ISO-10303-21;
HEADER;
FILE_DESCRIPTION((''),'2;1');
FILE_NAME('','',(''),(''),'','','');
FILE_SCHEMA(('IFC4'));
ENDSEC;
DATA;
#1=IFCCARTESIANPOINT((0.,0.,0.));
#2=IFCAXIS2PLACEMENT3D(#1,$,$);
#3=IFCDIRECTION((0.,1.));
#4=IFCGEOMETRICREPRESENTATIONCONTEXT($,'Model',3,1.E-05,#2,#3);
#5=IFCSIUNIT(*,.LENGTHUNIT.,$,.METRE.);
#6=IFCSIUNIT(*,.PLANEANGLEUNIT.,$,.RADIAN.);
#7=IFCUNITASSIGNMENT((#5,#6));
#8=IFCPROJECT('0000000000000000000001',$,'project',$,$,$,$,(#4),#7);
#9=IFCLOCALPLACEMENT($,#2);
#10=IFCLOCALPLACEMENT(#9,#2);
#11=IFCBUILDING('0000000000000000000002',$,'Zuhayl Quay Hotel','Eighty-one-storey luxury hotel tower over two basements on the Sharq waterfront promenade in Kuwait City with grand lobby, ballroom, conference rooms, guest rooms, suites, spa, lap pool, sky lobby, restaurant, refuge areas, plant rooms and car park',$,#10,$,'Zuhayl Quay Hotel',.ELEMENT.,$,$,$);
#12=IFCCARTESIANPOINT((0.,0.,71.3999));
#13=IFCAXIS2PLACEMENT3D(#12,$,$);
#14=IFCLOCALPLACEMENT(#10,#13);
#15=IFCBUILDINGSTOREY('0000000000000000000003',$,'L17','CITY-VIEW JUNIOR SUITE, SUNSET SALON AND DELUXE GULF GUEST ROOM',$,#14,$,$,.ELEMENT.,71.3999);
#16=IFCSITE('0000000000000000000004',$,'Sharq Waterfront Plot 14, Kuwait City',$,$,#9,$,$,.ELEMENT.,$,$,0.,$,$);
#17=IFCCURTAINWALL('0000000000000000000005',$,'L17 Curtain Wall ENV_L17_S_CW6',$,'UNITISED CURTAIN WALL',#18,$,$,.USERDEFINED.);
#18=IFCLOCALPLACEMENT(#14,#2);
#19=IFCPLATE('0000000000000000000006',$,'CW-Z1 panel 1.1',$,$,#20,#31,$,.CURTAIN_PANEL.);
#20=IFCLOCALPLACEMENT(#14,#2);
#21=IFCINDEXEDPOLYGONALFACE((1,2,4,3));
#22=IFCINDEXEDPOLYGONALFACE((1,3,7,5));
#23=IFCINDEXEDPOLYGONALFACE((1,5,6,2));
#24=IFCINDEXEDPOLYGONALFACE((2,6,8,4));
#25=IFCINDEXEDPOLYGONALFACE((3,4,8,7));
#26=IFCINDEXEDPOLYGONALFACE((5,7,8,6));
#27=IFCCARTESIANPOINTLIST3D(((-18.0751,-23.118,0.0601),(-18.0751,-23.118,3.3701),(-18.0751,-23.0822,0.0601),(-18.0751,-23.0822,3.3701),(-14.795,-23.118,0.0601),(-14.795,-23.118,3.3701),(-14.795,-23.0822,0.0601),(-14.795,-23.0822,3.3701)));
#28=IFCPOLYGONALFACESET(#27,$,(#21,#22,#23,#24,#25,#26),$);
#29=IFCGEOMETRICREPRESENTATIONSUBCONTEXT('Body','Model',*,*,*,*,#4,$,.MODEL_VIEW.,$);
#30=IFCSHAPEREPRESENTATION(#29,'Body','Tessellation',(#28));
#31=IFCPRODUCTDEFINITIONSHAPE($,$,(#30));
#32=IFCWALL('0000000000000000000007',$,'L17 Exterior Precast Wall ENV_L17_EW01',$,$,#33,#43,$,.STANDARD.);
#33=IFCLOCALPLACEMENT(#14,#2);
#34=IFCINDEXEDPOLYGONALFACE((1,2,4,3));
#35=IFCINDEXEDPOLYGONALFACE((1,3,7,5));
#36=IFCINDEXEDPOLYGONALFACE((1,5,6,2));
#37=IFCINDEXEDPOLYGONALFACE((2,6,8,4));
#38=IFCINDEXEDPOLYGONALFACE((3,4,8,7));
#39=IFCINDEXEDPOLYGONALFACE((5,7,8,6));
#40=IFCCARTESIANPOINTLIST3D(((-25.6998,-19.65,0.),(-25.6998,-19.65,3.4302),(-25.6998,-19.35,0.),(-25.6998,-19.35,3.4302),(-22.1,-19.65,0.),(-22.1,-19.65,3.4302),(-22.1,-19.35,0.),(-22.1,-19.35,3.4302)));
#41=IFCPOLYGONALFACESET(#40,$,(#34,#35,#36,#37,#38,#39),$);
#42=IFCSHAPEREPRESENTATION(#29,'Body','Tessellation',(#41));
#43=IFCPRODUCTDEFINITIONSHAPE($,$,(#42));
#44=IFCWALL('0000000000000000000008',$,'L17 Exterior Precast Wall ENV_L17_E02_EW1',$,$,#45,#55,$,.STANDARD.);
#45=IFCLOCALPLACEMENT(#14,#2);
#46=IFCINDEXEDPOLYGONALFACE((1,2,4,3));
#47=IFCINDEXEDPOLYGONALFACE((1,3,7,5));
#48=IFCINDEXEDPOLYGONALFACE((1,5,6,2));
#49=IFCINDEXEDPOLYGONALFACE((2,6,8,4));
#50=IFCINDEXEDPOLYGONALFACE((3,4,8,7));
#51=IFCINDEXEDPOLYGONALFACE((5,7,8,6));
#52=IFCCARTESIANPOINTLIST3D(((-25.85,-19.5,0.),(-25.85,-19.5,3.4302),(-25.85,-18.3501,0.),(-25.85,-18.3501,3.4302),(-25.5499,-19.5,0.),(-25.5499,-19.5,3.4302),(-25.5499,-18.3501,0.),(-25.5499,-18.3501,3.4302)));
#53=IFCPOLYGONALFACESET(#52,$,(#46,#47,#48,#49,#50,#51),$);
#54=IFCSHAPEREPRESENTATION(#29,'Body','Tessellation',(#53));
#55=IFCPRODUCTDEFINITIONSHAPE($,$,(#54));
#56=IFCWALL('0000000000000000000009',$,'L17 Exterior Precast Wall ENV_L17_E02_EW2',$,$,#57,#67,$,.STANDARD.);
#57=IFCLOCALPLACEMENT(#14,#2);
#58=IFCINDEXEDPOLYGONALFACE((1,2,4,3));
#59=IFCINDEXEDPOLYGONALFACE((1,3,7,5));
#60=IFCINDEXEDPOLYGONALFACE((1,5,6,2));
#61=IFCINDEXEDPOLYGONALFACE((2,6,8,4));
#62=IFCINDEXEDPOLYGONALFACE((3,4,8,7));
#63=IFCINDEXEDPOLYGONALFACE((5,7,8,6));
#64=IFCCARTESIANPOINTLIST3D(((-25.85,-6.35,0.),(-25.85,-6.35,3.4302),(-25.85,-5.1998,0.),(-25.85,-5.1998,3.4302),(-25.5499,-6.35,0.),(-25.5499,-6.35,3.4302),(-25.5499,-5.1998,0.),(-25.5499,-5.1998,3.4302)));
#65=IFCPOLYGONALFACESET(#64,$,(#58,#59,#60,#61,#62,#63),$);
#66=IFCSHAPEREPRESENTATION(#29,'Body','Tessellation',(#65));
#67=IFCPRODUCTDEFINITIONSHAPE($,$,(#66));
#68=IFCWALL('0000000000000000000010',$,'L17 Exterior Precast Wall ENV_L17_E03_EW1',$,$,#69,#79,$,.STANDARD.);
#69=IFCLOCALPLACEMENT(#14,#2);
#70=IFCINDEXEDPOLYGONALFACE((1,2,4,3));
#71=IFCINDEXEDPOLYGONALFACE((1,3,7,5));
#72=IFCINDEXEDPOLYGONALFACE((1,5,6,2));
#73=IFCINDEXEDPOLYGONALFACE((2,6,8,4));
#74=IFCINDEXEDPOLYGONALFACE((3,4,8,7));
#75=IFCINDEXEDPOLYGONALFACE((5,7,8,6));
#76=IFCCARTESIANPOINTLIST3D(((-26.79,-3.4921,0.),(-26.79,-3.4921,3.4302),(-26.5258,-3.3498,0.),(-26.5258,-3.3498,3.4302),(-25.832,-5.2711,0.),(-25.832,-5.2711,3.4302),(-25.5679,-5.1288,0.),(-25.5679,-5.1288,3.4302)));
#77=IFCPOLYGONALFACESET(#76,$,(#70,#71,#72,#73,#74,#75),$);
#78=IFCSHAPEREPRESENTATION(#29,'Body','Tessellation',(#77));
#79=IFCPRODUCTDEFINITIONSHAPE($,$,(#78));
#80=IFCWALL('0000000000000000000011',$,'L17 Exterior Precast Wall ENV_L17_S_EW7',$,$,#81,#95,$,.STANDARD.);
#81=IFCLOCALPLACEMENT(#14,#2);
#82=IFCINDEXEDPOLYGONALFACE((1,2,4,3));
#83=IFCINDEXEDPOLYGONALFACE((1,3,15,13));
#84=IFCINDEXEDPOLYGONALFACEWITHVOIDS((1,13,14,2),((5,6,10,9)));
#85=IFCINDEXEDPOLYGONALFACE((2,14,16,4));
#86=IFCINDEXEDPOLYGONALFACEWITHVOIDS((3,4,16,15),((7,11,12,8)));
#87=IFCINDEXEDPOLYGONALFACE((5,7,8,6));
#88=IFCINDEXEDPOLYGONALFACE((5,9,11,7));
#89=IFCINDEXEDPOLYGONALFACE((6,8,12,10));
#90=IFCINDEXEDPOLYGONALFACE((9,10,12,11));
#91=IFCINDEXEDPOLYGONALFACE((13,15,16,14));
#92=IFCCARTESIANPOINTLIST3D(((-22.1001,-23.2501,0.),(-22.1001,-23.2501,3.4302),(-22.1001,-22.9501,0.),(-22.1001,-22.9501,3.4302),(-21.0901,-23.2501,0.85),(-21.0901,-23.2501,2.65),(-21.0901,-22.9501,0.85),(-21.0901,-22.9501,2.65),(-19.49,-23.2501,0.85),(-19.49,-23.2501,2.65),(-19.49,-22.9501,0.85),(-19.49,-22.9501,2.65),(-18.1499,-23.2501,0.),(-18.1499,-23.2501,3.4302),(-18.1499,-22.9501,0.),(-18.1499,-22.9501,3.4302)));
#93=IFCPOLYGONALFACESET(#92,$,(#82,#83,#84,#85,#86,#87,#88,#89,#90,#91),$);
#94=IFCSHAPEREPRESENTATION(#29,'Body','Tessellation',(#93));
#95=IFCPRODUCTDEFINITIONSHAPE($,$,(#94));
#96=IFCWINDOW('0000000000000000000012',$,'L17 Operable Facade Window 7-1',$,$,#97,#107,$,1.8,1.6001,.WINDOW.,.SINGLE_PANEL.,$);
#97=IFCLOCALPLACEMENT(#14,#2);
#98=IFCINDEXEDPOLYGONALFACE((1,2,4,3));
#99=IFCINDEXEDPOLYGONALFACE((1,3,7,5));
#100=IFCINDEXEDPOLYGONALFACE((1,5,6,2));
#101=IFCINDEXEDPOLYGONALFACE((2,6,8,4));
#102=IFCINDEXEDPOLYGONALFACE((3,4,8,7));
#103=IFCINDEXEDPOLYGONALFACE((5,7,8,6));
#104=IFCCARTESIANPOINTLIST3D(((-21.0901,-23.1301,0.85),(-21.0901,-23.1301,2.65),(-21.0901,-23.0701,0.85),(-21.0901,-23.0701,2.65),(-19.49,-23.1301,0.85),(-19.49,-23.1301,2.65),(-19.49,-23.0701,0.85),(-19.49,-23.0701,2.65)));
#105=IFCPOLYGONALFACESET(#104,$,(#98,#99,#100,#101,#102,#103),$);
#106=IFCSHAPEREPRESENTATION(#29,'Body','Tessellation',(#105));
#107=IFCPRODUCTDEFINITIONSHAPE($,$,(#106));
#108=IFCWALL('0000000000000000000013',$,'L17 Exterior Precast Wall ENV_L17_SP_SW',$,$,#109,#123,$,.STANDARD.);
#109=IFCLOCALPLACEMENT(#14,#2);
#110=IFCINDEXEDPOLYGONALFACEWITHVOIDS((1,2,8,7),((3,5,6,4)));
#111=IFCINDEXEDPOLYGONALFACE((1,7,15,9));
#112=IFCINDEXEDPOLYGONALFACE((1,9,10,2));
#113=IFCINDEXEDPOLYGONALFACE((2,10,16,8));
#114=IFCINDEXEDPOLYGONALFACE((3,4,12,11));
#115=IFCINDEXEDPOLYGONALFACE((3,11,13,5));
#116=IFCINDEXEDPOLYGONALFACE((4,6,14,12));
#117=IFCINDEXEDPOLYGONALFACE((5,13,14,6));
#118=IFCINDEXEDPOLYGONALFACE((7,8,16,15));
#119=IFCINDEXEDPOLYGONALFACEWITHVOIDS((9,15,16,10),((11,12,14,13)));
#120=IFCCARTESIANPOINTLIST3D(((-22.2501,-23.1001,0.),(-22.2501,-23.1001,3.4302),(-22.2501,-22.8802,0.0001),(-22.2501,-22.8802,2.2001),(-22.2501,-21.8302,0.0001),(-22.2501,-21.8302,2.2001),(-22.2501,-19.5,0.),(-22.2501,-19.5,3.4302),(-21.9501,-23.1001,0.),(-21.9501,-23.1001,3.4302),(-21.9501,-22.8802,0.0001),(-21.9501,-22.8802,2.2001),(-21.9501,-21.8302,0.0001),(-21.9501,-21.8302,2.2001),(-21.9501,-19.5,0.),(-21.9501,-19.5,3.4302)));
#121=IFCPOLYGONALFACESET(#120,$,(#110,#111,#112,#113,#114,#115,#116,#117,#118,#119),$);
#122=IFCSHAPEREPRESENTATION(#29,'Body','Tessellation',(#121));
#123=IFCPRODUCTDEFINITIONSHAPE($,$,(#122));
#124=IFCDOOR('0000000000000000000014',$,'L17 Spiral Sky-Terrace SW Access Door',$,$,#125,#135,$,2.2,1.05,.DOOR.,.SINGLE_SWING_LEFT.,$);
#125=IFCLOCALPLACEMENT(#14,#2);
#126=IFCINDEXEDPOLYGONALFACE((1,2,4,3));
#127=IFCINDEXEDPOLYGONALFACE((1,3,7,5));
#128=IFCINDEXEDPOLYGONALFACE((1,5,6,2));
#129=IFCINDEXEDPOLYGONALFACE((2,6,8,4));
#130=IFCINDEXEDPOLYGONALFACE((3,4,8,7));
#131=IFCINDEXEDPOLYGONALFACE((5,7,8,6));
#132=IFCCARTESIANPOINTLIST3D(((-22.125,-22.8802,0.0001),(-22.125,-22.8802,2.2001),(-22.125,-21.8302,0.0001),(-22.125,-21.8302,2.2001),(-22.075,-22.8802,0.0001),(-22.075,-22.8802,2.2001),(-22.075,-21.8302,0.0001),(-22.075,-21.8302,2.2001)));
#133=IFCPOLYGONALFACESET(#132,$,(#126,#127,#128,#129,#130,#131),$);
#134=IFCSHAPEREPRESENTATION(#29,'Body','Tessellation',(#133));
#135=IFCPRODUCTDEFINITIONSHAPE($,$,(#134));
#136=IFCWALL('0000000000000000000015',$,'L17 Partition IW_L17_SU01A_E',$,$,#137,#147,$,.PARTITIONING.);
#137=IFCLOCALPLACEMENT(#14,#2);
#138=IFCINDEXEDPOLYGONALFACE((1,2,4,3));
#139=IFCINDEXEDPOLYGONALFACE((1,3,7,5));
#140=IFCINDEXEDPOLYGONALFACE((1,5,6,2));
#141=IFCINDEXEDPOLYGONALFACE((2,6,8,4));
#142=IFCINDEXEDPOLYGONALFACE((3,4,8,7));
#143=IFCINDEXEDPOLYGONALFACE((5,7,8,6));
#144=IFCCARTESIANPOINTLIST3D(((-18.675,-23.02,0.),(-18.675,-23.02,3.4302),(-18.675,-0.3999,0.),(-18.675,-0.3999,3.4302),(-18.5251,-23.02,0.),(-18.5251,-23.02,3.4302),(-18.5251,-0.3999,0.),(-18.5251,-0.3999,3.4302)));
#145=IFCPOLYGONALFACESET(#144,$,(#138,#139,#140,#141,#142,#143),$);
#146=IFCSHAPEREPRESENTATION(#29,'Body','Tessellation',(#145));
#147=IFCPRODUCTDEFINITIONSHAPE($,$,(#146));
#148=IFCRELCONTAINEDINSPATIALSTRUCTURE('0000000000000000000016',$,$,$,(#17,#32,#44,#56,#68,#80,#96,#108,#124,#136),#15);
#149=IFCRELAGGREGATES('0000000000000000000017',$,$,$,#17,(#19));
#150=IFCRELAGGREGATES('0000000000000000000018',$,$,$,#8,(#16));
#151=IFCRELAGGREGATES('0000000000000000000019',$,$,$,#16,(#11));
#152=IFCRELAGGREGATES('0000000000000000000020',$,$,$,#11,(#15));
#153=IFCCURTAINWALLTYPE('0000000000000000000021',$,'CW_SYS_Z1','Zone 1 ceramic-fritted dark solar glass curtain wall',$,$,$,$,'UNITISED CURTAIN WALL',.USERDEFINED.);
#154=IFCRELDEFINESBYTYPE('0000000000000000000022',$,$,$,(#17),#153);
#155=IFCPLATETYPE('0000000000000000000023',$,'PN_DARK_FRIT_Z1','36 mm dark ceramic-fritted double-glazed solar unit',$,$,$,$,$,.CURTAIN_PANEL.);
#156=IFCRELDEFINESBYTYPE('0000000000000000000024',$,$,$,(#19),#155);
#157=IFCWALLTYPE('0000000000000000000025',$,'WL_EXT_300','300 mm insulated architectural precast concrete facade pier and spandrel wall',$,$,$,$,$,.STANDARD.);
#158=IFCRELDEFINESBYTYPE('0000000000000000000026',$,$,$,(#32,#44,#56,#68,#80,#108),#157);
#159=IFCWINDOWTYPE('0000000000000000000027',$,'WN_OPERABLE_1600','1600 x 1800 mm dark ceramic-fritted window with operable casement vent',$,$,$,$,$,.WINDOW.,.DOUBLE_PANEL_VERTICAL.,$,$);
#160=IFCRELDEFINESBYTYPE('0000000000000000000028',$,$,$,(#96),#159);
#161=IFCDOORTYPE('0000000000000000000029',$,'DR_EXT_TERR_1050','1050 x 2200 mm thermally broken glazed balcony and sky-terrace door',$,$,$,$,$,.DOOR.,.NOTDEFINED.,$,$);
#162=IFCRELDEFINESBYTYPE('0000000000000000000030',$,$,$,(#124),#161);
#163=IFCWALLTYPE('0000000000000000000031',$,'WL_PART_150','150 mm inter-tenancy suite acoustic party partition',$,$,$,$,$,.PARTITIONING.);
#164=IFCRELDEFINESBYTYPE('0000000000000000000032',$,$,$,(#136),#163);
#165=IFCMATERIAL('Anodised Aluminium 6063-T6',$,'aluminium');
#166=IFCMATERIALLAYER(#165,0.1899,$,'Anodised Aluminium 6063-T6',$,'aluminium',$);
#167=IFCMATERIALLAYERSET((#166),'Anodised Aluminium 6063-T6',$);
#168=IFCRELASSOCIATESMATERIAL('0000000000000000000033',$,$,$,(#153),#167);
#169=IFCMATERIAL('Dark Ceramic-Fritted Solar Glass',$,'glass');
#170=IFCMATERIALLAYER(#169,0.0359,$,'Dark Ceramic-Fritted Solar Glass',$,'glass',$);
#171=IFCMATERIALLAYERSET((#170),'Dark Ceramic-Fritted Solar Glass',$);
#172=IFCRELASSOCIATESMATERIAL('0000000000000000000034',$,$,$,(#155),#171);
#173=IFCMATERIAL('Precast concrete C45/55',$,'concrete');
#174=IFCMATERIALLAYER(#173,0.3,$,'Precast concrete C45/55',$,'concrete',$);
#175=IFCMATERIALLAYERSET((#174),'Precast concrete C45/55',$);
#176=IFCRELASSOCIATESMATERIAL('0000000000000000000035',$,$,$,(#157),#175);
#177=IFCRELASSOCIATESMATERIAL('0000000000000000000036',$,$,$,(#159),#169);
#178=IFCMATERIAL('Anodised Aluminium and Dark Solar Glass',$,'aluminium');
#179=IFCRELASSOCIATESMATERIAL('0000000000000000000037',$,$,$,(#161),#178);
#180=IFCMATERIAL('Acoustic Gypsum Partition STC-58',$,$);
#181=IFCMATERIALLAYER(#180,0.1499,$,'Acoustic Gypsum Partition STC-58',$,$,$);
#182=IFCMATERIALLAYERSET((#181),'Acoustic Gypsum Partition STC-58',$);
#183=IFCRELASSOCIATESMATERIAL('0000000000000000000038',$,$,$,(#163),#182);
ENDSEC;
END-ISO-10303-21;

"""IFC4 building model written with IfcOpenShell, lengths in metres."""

from ifc_helpers import new_model, si_unit, direction, frame, frame_2d, origin, origin_2d, place, context, subcontext, project, spatial, rectangle, extrude, material, layer, layer_set, type_object, element, fill, aggregate, save


model = new_model("IFC4")

# Units and contexts
model_context = context("Model", 3, precision=1e-05, world=origin(), true_north=direction((0.0, 1.0)))
body_context = subcontext(model_context, "Body", "Model", "MODEL_VIEW")
ifc_project = project(units=[si_unit("LENGTHUNIT", "METRE"), si_unit("PLANEANGLEUNIT", "RADIAN")], contexts=[model_context])

# Site, building, storey
site_placement = place(None, origin())
site = spatial("IfcSite", under=ifc_project, at=site_placement, Name="Sharq Waterfront Plot 14, Kuwait City", CompositionType="ELEMENT", RefElevation=0.0)
building_placement = place(site_placement, origin())
building = spatial("IfcBuilding", under=site, at=building_placement, Name="Zuhayl Quay Hotel", Description="Eighty-one-storey luxury hotel tower over two basements on the Sharq waterfront promenade in Kuwait City with grand lobby, ballroom, conference rooms, guest rooms, suites, spa, lap pool, sky lobby, restaurant, refuge areas, plant rooms and car park", LongName="Zuhayl Quay Hotel", CompositionType="ELEMENT")
storey_placement = place(building_placement, frame((0.0, 0.0, 71.3999)))
storey = spatial("IfcBuildingStorey", under=building, at=storey_placement, Name="L17", Description="CITY-VIEW JUNIOR SUITE, SUNSET SALON AND DELUXE GULF GUEST ROOM", CompositionType="ELEMENT", Elevation=71.3999)

# Shared definitions
ifc_material_1 = material(Name="Anodised Aluminium 6063-T6", Category="aluminium")
ifc_layer_1 = layer(ifc_material_1, 0.1899, Name="Anodised Aluminium 6063-T6", Category="aluminium")
ifc_layer_set_1 = layer_set([ifc_layer_1], Name="Anodised Aluminium 6063-T6")
curtain_wall_type = type_object("IfcCurtainWallType", Name="CW_SYS_Z1", Description="Zone 1 ceramic-fritted dark solar glass curtain wall", ElementType="UNITISED CURTAIN WALL", PredefinedType="USERDEFINED", material=ifc_layer_set_1)

# Curtain wall
curtain_wall_1_placement = place(storey_placement, origin())
curtain_wall_1 = element("IfcCurtainWall", 1, at=curtain_wall_1_placement, inside=storey, type_object=curtain_wall_type, Name="L17 Curtain Wall ENV_L17_S_CW6", ObjectType="UNITISED CURTAIN WALL", PredefinedType="USERDEFINED")

# Plate
ifc_material_2 = material(Name="Dark Ceramic-Fritted Solar Glass", Category="glass")
ifc_layer_2 = layer(ifc_material_2, 0.0359, Name="Dark Ceramic-Fritted Solar Glass", Category="glass")
ifc_layer_set_2 = layer_set([ifc_layer_2], Name="Dark Ceramic-Fritted Solar Glass")
plate_type = type_object("IfcPlateType", Name="PN_DARK_FRIT_Z1", Description="36 mm dark ceramic-fritted double-glazed solar unit", PredefinedType="CURTAIN_PANEL", material=ifc_layer_set_2)
plate_1_placement = place(storey_placement, frame((-16.4351, -23.1001, 0.0601), z_axis=(0.0, 0.0, 1.0), x_axis=(-1.0, 0.0, 0.0)))
plate_1 = element("IfcPlate", 2, at=plate_1_placement, type_object=plate_type, Name="CW-Z1 panel 1.1", PredefinedType="CURTAIN_PANEL", context=body_context, shape_type="SweptSolid", body=[
    extrude(rectangle(XDim=3.28, YDim=0.0359, at=origin_2d()), origin(), (0.0, 0.0, 1.0), 3.3101),
])
aggregate(curtain_wall_1, [plate_1])

# Walls
ifc_material_3 = material(Name="Precast concrete C45/55", Category="concrete")
ifc_layer_3 = layer(ifc_material_3, 0.3, Name="Precast concrete C45/55", Category="concrete")
ifc_layer_set_3 = layer_set([ifc_layer_3], Name="Precast concrete C45/55")
wall_type_1 = type_object("IfcWallType", Name="WL_EXT_300", Description="300 mm insulated architectural precast concrete facade pier and spandrel wall", PredefinedType="STANDARD", material=ifc_layer_set_3)
wall_1_placement = place(storey_placement, frame((-22.1001, -19.5, 0.0), z_axis=(0.0, 0.0, 1.0), x_axis=(-1.0, 0.0, 0.0)))
element("IfcWall", 3, at=wall_1_placement, inside=storey, type_object=wall_type_1, Name="L17 Exterior Precast Wall ENV_L17_EW01", PredefinedType="STANDARD", context=body_context, shape_type="SweptSolid", body=[
    extrude(rectangle(XDim=3.5999, YDim=0.3, at=frame_2d((1.7998, 0.0))), origin(), (0.0, 0.0, 1.0), 3.4302),
])
wall_2_placement = place(storey_placement, frame((-25.7, -19.5, 0.0), z_axis=(0.0, 0.0, 1.0), x_axis=(0.0, 1.0, 0.0)))
element("IfcWall", 4, at=wall_2_placement, inside=storey, type_object=wall_type_1, Name="L17 Exterior Precast Wall ENV_L17_E02_EW1", PredefinedType="STANDARD", context=body_context, shape_type="SweptSolid", body=[
    extrude(rectangle(XDim=1.1499, YDim=0.3, at=frame_2d((0.575, 0.0))), origin(), (0.0, 0.0, 1.0), 3.4302),
])
wall_3_placement = place(storey_placement, frame((-25.7, -6.3501, 0.0), z_axis=(0.0, 0.0, 1.0), x_axis=(0.0, 1.0, 0.0)))
element("IfcWall", 5, at=wall_3_placement, inside=storey, type_object=wall_type_1, Name="L17 Exterior Precast Wall ENV_L17_E02_EW2", PredefinedType="STANDARD", context=body_context, shape_type="SweptSolid", body=[
    extrude(rectangle(XDim=1.1501, YDim=0.3, at=frame_2d((0.5752, 0.0))), origin(), (0.0, 0.0, 1.0), 3.4302),
])
wall_4_placement = place(storey_placement, frame((-25.7, -5.2, 0.0), z_axis=(0.0, 0.0, 1.0), x_axis=(-0.474121, 0.880459, 0.0)))
element("IfcWall", 6, at=wall_4_placement, inside=storey, type_object=wall_type_1, Name="L17 Exterior Precast Wall ENV_L17_E03_EW1", PredefinedType="STANDARD", context=body_context, shape_type="SweptSolid", body=[
    extrude(rectangle(XDim=2.0205, YDim=0.3, at=frame_2d((1.0103, 0.0))), origin(), (0.0, 0.0, 1.0), 3.4302),
])

# Wall, opening, window
wall_5_placement = place(storey_placement, frame((-18.1499, -23.1001, 0.0), z_axis=(0.0, 0.0, 1.0), x_axis=(-1.0, 0.0, 0.0)))
wall_5 = element("IfcWall", 7, at=wall_5_placement, inside=storey, type_object=wall_type_1, Name="L17 Exterior Precast Wall ENV_L17_S_EW7", PredefinedType="STANDARD", context=body_context, shape_type="SweptSolid", body=[
    extrude(rectangle(XDim=3.9502, YDim=0.3, at=frame_2d((1.9751, 0.0))), origin(), (0.0, 0.0, 1.0), 3.4302),
])
opening_1_placement = place(wall_5_placement, frame((1.3401, 0.0, 0.8501)))
opening_1 = element("IfcOpeningElement", 8, at=opening_1_placement, cuts=wall_5, PredefinedType="OPENING", context=body_context, shape_type="SweptSolid", body=[
    extrude(rectangle(XDim=1.6001, YDim=1.8, at=frame_2d((0.8, 0.8999))), frame((0.0, 0.1599, 0.0), z_axis=(0.0, -1.0, 0.0), x_axis=(1.0, 0.0, 0.0)), (0.0, 0.0, 1.0), 0.3201),
])
window_type = type_object("IfcWindowType", Name="WN_OPERABLE_1600", Description="1600 x 1800 mm dark ceramic-fritted window with operable casement vent", PartitioningType="DOUBLE_PANEL_VERTICAL", PredefinedType="WINDOW", material=ifc_material_2)
window_placement = place(opening_1_placement, origin())
window = element("IfcWindow", 9, at=window_placement, inside=storey, type_object=window_type, Name="L17 Operable Facade Window 7-1", OverallHeight=1.8, OverallWidth=1.6001, PartitioningType="SINGLE_PANEL", PredefinedType="WINDOW", context=body_context, shape_type="SweptSolid", body=[
    extrude(rectangle(XDim=1.6001, YDim=1.8, at=frame_2d((0.8, 0.8999))), frame((0.0, 0.03, 0.0), z_axis=(0.0, -1.0, 0.0), x_axis=(1.0, 0.0, 0.0)), (0.0, 0.0, 1.0), 0.0601),
])
fill(opening_1, window)

# Wall, opening, door
wall_6_placement = place(storey_placement, frame((-22.1001, -23.1001, 0.0), z_axis=(0.0, 0.0, 1.0), x_axis=(0.0, 1.0, 0.0)))
wall_6 = element("IfcWall", 10, at=wall_6_placement, inside=storey, type_object=wall_type_1, Name="L17 Exterior Precast Wall ENV_L17_SP_SW", PredefinedType="STANDARD", context=body_context, shape_type="SweptSolid", body=[
    extrude(rectangle(XDim=3.6001, YDim=0.3, at=frame_2d((1.8, 0.0))), origin(), (0.0, 0.0, 1.0), 3.4302),
])
opening_2_placement = place(wall_6_placement, frame((0.22, 0.0, 0.0)))
opening_2 = element("IfcOpeningElement", 11, at=opening_2_placement, cuts=wall_6, PredefinedType="OPENING", context=body_context, shape_type="SweptSolid", body=[
    extrude(rectangle(XDim=1.05, YDim=2.2, at=frame_2d((0.5249, 1.1001))), frame((0.0, 0.1599, 0.0), z_axis=(0.0, -1.0, 0.0), x_axis=(1.0, 0.0, 0.0)), (0.0, 0.0, 1.0), 0.3201),
])
ifc_material_4 = material(Name="Anodised Aluminium and Dark Solar Glass", Category="aluminium")
door_type = type_object("IfcDoorType", Name="DR_EXT_TERR_1050", Description="1050 x 2200 mm thermally broken glazed balcony and sky-terrace door", OperationType="NOTDEFINED", PredefinedType="DOOR", material=ifc_material_4)
door_placement = place(opening_2_placement, origin())
door = element("IfcDoor", 12, at=door_placement, inside=storey, type_object=door_type, Name="L17 Spiral Sky-Terrace SW Access Door", OperationType="SINGLE_SWING_LEFT", OverallHeight=2.2, OverallWidth=1.05, PredefinedType="DOOR", context=body_context, shape_type="SweptSolid", body=[
    extrude(rectangle(XDim=1.05, YDim=2.2, at=frame_2d((0.5249, 1.1001))), frame((0.0, 0.0249, 0.0), z_axis=(0.0, -1.0, 0.0), x_axis=(1.0, 0.0, 0.0)), (0.0, 0.0, 1.0), 0.05),
])
fill(opening_2, door)

# Wall
ifc_material_5 = material(Name="Acoustic Gypsum Partition STC-58")
ifc_layer_4 = layer(ifc_material_5, 0.1499, Name="Acoustic Gypsum Partition STC-58")
ifc_layer_set_4 = layer_set([ifc_layer_4], Name="Acoustic Gypsum Partition STC-58")
wall_type_2 = type_object("IfcWallType", Name="WL_PART_150", Description="150 mm inter-tenancy suite acoustic party partition", PredefinedType="PARTITIONING", material=ifc_layer_set_4)
wall_7_placement = place(storey_placement, frame((-18.6001, -23.02, 0.0), z_axis=(0.0, 0.0, 1.0), x_axis=(0.0, 1.0, 0.0)))
element("IfcWall", 13, at=wall_7_placement, inside=storey, type_object=wall_type_2, Name="L17 Partition IW_L17_SU01A_E", PredefinedType="PARTITIONING", context=body_context, shape_type="SweptSolid", body=[
    extrude(rectangle(XDim=22.6201, YDim=0.1499, at=frame_2d((11.3101, 0.0))), origin(), (0.0, 0.0, 1.0), 3.4302),
])

save(model, "model.ifc")
